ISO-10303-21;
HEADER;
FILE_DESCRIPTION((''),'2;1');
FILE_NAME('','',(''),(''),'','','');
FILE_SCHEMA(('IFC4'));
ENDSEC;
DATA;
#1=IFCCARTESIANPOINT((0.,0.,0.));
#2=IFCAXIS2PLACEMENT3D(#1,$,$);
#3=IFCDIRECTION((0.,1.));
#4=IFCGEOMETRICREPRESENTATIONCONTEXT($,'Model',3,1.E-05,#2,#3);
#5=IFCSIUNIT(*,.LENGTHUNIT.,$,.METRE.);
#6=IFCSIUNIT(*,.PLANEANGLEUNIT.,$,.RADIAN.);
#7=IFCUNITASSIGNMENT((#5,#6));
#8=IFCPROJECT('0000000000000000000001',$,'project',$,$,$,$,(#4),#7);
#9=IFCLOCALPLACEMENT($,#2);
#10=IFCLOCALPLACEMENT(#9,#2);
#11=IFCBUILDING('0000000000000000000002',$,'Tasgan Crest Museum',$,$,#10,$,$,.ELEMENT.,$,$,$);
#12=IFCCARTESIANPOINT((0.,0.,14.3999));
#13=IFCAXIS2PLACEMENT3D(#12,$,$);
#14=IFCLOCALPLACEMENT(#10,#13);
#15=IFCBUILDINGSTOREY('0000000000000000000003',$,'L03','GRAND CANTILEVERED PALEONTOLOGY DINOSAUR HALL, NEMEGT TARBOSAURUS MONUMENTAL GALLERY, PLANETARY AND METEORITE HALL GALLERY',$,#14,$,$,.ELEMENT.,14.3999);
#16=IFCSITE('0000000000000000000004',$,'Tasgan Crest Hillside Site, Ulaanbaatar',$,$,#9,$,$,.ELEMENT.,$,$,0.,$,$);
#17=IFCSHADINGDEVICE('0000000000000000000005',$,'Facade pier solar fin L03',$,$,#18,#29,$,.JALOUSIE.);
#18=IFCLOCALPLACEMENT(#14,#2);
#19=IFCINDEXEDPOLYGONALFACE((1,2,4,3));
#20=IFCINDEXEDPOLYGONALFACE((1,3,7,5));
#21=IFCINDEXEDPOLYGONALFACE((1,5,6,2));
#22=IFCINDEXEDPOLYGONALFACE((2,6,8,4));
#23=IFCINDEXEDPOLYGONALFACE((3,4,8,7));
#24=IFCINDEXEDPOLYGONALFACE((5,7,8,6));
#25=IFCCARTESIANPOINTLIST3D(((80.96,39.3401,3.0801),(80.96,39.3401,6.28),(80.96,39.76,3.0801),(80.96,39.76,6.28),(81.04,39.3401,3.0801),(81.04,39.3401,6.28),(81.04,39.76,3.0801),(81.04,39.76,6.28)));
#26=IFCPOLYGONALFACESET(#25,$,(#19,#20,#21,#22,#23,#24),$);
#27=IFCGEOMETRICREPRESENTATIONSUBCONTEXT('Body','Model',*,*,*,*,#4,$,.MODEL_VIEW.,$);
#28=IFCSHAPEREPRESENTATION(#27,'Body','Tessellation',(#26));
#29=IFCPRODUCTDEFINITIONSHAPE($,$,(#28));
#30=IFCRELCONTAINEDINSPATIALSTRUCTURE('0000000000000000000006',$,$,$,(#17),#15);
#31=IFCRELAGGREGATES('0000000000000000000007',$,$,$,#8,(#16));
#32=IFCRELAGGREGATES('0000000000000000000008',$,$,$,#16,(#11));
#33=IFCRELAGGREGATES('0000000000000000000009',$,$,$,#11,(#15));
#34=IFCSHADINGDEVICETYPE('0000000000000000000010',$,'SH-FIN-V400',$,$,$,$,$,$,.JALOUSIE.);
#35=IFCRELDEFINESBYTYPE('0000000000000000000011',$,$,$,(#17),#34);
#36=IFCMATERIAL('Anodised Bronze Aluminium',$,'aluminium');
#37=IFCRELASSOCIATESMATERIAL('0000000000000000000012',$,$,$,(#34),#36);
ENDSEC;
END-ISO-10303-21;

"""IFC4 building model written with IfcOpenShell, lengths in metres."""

from ifc_helpers import new_model, si_unit, direction, frame, origin, origin_2d, place, context, subcontext, project, spatial, rectangle, extrude, material, type_object, element, save


model = new_model("IFC4")

# Units and contexts
model_context = context("Model", 3, precision=1e-05, world=origin(), true_north=direction((0.0, 1.0)))
body_context = subcontext(model_context, "Body", "Model", "MODEL_VIEW")
ifc_project = project(units=[si_unit("LENGTHUNIT", "METRE"), si_unit("PLANEANGLEUNIT", "RADIAN")], contexts=[model_context])

# Site, building, storey
site_placement = place(None, origin())
site = spatial("IfcSite", under=ifc_project, at=site_placement, Name="Tasgan Crest Hillside Site, Ulaanbaatar", CompositionType="ELEMENT", RefElevation=0.0)
building_placement = place(site_placement, origin())
building = spatial("IfcBuilding", under=site, at=building_placement, Name="Tasgan Crest Museum", CompositionType="ELEMENT")
storey_placement = place(building_placement, frame((0.0, 0.0, 14.3999)))
storey = spatial("IfcBuildingStorey", under=building, at=storey_placement, Name="L03", Description="GRAND CANTILEVERED PALEONTOLOGY DINOSAUR HALL, NEMEGT TARBOSAURUS MONUMENTAL GALLERY, PLANETARY AND METEORITE HALL GALLERY", CompositionType="ELEMENT", Elevation=14.3999)

# Shading device
ifc_material_1 = material(Name="Anodised Bronze Aluminium", Category="aluminium")
shading_device_type = type_object("IfcShadingDeviceType", Name="SH-FIN-V400", PredefinedType="JALOUSIE", material=ifc_material_1)
shading_device_placement = place(storey_placement, frame((81.0, 39.55, 3.0801), z_axis=(0.0, 0.0, 1.0), x_axis=(1.0, 0.0, 0.0)))
element("IfcShadingDevice", 1, at=shading_device_placement, inside=storey, type_object=shading_device_type, Name="Facade pier solar fin L03", PredefinedType="JALOUSIE", context=body_context, shape_type="SweptSolid", body=[
    extrude(rectangle(XDim=0.0801, YDim=0.4199, at=origin_2d()), origin(), (0.0, 0.0, 1.0), 3.2),
])

save(model, "model.ifc")
